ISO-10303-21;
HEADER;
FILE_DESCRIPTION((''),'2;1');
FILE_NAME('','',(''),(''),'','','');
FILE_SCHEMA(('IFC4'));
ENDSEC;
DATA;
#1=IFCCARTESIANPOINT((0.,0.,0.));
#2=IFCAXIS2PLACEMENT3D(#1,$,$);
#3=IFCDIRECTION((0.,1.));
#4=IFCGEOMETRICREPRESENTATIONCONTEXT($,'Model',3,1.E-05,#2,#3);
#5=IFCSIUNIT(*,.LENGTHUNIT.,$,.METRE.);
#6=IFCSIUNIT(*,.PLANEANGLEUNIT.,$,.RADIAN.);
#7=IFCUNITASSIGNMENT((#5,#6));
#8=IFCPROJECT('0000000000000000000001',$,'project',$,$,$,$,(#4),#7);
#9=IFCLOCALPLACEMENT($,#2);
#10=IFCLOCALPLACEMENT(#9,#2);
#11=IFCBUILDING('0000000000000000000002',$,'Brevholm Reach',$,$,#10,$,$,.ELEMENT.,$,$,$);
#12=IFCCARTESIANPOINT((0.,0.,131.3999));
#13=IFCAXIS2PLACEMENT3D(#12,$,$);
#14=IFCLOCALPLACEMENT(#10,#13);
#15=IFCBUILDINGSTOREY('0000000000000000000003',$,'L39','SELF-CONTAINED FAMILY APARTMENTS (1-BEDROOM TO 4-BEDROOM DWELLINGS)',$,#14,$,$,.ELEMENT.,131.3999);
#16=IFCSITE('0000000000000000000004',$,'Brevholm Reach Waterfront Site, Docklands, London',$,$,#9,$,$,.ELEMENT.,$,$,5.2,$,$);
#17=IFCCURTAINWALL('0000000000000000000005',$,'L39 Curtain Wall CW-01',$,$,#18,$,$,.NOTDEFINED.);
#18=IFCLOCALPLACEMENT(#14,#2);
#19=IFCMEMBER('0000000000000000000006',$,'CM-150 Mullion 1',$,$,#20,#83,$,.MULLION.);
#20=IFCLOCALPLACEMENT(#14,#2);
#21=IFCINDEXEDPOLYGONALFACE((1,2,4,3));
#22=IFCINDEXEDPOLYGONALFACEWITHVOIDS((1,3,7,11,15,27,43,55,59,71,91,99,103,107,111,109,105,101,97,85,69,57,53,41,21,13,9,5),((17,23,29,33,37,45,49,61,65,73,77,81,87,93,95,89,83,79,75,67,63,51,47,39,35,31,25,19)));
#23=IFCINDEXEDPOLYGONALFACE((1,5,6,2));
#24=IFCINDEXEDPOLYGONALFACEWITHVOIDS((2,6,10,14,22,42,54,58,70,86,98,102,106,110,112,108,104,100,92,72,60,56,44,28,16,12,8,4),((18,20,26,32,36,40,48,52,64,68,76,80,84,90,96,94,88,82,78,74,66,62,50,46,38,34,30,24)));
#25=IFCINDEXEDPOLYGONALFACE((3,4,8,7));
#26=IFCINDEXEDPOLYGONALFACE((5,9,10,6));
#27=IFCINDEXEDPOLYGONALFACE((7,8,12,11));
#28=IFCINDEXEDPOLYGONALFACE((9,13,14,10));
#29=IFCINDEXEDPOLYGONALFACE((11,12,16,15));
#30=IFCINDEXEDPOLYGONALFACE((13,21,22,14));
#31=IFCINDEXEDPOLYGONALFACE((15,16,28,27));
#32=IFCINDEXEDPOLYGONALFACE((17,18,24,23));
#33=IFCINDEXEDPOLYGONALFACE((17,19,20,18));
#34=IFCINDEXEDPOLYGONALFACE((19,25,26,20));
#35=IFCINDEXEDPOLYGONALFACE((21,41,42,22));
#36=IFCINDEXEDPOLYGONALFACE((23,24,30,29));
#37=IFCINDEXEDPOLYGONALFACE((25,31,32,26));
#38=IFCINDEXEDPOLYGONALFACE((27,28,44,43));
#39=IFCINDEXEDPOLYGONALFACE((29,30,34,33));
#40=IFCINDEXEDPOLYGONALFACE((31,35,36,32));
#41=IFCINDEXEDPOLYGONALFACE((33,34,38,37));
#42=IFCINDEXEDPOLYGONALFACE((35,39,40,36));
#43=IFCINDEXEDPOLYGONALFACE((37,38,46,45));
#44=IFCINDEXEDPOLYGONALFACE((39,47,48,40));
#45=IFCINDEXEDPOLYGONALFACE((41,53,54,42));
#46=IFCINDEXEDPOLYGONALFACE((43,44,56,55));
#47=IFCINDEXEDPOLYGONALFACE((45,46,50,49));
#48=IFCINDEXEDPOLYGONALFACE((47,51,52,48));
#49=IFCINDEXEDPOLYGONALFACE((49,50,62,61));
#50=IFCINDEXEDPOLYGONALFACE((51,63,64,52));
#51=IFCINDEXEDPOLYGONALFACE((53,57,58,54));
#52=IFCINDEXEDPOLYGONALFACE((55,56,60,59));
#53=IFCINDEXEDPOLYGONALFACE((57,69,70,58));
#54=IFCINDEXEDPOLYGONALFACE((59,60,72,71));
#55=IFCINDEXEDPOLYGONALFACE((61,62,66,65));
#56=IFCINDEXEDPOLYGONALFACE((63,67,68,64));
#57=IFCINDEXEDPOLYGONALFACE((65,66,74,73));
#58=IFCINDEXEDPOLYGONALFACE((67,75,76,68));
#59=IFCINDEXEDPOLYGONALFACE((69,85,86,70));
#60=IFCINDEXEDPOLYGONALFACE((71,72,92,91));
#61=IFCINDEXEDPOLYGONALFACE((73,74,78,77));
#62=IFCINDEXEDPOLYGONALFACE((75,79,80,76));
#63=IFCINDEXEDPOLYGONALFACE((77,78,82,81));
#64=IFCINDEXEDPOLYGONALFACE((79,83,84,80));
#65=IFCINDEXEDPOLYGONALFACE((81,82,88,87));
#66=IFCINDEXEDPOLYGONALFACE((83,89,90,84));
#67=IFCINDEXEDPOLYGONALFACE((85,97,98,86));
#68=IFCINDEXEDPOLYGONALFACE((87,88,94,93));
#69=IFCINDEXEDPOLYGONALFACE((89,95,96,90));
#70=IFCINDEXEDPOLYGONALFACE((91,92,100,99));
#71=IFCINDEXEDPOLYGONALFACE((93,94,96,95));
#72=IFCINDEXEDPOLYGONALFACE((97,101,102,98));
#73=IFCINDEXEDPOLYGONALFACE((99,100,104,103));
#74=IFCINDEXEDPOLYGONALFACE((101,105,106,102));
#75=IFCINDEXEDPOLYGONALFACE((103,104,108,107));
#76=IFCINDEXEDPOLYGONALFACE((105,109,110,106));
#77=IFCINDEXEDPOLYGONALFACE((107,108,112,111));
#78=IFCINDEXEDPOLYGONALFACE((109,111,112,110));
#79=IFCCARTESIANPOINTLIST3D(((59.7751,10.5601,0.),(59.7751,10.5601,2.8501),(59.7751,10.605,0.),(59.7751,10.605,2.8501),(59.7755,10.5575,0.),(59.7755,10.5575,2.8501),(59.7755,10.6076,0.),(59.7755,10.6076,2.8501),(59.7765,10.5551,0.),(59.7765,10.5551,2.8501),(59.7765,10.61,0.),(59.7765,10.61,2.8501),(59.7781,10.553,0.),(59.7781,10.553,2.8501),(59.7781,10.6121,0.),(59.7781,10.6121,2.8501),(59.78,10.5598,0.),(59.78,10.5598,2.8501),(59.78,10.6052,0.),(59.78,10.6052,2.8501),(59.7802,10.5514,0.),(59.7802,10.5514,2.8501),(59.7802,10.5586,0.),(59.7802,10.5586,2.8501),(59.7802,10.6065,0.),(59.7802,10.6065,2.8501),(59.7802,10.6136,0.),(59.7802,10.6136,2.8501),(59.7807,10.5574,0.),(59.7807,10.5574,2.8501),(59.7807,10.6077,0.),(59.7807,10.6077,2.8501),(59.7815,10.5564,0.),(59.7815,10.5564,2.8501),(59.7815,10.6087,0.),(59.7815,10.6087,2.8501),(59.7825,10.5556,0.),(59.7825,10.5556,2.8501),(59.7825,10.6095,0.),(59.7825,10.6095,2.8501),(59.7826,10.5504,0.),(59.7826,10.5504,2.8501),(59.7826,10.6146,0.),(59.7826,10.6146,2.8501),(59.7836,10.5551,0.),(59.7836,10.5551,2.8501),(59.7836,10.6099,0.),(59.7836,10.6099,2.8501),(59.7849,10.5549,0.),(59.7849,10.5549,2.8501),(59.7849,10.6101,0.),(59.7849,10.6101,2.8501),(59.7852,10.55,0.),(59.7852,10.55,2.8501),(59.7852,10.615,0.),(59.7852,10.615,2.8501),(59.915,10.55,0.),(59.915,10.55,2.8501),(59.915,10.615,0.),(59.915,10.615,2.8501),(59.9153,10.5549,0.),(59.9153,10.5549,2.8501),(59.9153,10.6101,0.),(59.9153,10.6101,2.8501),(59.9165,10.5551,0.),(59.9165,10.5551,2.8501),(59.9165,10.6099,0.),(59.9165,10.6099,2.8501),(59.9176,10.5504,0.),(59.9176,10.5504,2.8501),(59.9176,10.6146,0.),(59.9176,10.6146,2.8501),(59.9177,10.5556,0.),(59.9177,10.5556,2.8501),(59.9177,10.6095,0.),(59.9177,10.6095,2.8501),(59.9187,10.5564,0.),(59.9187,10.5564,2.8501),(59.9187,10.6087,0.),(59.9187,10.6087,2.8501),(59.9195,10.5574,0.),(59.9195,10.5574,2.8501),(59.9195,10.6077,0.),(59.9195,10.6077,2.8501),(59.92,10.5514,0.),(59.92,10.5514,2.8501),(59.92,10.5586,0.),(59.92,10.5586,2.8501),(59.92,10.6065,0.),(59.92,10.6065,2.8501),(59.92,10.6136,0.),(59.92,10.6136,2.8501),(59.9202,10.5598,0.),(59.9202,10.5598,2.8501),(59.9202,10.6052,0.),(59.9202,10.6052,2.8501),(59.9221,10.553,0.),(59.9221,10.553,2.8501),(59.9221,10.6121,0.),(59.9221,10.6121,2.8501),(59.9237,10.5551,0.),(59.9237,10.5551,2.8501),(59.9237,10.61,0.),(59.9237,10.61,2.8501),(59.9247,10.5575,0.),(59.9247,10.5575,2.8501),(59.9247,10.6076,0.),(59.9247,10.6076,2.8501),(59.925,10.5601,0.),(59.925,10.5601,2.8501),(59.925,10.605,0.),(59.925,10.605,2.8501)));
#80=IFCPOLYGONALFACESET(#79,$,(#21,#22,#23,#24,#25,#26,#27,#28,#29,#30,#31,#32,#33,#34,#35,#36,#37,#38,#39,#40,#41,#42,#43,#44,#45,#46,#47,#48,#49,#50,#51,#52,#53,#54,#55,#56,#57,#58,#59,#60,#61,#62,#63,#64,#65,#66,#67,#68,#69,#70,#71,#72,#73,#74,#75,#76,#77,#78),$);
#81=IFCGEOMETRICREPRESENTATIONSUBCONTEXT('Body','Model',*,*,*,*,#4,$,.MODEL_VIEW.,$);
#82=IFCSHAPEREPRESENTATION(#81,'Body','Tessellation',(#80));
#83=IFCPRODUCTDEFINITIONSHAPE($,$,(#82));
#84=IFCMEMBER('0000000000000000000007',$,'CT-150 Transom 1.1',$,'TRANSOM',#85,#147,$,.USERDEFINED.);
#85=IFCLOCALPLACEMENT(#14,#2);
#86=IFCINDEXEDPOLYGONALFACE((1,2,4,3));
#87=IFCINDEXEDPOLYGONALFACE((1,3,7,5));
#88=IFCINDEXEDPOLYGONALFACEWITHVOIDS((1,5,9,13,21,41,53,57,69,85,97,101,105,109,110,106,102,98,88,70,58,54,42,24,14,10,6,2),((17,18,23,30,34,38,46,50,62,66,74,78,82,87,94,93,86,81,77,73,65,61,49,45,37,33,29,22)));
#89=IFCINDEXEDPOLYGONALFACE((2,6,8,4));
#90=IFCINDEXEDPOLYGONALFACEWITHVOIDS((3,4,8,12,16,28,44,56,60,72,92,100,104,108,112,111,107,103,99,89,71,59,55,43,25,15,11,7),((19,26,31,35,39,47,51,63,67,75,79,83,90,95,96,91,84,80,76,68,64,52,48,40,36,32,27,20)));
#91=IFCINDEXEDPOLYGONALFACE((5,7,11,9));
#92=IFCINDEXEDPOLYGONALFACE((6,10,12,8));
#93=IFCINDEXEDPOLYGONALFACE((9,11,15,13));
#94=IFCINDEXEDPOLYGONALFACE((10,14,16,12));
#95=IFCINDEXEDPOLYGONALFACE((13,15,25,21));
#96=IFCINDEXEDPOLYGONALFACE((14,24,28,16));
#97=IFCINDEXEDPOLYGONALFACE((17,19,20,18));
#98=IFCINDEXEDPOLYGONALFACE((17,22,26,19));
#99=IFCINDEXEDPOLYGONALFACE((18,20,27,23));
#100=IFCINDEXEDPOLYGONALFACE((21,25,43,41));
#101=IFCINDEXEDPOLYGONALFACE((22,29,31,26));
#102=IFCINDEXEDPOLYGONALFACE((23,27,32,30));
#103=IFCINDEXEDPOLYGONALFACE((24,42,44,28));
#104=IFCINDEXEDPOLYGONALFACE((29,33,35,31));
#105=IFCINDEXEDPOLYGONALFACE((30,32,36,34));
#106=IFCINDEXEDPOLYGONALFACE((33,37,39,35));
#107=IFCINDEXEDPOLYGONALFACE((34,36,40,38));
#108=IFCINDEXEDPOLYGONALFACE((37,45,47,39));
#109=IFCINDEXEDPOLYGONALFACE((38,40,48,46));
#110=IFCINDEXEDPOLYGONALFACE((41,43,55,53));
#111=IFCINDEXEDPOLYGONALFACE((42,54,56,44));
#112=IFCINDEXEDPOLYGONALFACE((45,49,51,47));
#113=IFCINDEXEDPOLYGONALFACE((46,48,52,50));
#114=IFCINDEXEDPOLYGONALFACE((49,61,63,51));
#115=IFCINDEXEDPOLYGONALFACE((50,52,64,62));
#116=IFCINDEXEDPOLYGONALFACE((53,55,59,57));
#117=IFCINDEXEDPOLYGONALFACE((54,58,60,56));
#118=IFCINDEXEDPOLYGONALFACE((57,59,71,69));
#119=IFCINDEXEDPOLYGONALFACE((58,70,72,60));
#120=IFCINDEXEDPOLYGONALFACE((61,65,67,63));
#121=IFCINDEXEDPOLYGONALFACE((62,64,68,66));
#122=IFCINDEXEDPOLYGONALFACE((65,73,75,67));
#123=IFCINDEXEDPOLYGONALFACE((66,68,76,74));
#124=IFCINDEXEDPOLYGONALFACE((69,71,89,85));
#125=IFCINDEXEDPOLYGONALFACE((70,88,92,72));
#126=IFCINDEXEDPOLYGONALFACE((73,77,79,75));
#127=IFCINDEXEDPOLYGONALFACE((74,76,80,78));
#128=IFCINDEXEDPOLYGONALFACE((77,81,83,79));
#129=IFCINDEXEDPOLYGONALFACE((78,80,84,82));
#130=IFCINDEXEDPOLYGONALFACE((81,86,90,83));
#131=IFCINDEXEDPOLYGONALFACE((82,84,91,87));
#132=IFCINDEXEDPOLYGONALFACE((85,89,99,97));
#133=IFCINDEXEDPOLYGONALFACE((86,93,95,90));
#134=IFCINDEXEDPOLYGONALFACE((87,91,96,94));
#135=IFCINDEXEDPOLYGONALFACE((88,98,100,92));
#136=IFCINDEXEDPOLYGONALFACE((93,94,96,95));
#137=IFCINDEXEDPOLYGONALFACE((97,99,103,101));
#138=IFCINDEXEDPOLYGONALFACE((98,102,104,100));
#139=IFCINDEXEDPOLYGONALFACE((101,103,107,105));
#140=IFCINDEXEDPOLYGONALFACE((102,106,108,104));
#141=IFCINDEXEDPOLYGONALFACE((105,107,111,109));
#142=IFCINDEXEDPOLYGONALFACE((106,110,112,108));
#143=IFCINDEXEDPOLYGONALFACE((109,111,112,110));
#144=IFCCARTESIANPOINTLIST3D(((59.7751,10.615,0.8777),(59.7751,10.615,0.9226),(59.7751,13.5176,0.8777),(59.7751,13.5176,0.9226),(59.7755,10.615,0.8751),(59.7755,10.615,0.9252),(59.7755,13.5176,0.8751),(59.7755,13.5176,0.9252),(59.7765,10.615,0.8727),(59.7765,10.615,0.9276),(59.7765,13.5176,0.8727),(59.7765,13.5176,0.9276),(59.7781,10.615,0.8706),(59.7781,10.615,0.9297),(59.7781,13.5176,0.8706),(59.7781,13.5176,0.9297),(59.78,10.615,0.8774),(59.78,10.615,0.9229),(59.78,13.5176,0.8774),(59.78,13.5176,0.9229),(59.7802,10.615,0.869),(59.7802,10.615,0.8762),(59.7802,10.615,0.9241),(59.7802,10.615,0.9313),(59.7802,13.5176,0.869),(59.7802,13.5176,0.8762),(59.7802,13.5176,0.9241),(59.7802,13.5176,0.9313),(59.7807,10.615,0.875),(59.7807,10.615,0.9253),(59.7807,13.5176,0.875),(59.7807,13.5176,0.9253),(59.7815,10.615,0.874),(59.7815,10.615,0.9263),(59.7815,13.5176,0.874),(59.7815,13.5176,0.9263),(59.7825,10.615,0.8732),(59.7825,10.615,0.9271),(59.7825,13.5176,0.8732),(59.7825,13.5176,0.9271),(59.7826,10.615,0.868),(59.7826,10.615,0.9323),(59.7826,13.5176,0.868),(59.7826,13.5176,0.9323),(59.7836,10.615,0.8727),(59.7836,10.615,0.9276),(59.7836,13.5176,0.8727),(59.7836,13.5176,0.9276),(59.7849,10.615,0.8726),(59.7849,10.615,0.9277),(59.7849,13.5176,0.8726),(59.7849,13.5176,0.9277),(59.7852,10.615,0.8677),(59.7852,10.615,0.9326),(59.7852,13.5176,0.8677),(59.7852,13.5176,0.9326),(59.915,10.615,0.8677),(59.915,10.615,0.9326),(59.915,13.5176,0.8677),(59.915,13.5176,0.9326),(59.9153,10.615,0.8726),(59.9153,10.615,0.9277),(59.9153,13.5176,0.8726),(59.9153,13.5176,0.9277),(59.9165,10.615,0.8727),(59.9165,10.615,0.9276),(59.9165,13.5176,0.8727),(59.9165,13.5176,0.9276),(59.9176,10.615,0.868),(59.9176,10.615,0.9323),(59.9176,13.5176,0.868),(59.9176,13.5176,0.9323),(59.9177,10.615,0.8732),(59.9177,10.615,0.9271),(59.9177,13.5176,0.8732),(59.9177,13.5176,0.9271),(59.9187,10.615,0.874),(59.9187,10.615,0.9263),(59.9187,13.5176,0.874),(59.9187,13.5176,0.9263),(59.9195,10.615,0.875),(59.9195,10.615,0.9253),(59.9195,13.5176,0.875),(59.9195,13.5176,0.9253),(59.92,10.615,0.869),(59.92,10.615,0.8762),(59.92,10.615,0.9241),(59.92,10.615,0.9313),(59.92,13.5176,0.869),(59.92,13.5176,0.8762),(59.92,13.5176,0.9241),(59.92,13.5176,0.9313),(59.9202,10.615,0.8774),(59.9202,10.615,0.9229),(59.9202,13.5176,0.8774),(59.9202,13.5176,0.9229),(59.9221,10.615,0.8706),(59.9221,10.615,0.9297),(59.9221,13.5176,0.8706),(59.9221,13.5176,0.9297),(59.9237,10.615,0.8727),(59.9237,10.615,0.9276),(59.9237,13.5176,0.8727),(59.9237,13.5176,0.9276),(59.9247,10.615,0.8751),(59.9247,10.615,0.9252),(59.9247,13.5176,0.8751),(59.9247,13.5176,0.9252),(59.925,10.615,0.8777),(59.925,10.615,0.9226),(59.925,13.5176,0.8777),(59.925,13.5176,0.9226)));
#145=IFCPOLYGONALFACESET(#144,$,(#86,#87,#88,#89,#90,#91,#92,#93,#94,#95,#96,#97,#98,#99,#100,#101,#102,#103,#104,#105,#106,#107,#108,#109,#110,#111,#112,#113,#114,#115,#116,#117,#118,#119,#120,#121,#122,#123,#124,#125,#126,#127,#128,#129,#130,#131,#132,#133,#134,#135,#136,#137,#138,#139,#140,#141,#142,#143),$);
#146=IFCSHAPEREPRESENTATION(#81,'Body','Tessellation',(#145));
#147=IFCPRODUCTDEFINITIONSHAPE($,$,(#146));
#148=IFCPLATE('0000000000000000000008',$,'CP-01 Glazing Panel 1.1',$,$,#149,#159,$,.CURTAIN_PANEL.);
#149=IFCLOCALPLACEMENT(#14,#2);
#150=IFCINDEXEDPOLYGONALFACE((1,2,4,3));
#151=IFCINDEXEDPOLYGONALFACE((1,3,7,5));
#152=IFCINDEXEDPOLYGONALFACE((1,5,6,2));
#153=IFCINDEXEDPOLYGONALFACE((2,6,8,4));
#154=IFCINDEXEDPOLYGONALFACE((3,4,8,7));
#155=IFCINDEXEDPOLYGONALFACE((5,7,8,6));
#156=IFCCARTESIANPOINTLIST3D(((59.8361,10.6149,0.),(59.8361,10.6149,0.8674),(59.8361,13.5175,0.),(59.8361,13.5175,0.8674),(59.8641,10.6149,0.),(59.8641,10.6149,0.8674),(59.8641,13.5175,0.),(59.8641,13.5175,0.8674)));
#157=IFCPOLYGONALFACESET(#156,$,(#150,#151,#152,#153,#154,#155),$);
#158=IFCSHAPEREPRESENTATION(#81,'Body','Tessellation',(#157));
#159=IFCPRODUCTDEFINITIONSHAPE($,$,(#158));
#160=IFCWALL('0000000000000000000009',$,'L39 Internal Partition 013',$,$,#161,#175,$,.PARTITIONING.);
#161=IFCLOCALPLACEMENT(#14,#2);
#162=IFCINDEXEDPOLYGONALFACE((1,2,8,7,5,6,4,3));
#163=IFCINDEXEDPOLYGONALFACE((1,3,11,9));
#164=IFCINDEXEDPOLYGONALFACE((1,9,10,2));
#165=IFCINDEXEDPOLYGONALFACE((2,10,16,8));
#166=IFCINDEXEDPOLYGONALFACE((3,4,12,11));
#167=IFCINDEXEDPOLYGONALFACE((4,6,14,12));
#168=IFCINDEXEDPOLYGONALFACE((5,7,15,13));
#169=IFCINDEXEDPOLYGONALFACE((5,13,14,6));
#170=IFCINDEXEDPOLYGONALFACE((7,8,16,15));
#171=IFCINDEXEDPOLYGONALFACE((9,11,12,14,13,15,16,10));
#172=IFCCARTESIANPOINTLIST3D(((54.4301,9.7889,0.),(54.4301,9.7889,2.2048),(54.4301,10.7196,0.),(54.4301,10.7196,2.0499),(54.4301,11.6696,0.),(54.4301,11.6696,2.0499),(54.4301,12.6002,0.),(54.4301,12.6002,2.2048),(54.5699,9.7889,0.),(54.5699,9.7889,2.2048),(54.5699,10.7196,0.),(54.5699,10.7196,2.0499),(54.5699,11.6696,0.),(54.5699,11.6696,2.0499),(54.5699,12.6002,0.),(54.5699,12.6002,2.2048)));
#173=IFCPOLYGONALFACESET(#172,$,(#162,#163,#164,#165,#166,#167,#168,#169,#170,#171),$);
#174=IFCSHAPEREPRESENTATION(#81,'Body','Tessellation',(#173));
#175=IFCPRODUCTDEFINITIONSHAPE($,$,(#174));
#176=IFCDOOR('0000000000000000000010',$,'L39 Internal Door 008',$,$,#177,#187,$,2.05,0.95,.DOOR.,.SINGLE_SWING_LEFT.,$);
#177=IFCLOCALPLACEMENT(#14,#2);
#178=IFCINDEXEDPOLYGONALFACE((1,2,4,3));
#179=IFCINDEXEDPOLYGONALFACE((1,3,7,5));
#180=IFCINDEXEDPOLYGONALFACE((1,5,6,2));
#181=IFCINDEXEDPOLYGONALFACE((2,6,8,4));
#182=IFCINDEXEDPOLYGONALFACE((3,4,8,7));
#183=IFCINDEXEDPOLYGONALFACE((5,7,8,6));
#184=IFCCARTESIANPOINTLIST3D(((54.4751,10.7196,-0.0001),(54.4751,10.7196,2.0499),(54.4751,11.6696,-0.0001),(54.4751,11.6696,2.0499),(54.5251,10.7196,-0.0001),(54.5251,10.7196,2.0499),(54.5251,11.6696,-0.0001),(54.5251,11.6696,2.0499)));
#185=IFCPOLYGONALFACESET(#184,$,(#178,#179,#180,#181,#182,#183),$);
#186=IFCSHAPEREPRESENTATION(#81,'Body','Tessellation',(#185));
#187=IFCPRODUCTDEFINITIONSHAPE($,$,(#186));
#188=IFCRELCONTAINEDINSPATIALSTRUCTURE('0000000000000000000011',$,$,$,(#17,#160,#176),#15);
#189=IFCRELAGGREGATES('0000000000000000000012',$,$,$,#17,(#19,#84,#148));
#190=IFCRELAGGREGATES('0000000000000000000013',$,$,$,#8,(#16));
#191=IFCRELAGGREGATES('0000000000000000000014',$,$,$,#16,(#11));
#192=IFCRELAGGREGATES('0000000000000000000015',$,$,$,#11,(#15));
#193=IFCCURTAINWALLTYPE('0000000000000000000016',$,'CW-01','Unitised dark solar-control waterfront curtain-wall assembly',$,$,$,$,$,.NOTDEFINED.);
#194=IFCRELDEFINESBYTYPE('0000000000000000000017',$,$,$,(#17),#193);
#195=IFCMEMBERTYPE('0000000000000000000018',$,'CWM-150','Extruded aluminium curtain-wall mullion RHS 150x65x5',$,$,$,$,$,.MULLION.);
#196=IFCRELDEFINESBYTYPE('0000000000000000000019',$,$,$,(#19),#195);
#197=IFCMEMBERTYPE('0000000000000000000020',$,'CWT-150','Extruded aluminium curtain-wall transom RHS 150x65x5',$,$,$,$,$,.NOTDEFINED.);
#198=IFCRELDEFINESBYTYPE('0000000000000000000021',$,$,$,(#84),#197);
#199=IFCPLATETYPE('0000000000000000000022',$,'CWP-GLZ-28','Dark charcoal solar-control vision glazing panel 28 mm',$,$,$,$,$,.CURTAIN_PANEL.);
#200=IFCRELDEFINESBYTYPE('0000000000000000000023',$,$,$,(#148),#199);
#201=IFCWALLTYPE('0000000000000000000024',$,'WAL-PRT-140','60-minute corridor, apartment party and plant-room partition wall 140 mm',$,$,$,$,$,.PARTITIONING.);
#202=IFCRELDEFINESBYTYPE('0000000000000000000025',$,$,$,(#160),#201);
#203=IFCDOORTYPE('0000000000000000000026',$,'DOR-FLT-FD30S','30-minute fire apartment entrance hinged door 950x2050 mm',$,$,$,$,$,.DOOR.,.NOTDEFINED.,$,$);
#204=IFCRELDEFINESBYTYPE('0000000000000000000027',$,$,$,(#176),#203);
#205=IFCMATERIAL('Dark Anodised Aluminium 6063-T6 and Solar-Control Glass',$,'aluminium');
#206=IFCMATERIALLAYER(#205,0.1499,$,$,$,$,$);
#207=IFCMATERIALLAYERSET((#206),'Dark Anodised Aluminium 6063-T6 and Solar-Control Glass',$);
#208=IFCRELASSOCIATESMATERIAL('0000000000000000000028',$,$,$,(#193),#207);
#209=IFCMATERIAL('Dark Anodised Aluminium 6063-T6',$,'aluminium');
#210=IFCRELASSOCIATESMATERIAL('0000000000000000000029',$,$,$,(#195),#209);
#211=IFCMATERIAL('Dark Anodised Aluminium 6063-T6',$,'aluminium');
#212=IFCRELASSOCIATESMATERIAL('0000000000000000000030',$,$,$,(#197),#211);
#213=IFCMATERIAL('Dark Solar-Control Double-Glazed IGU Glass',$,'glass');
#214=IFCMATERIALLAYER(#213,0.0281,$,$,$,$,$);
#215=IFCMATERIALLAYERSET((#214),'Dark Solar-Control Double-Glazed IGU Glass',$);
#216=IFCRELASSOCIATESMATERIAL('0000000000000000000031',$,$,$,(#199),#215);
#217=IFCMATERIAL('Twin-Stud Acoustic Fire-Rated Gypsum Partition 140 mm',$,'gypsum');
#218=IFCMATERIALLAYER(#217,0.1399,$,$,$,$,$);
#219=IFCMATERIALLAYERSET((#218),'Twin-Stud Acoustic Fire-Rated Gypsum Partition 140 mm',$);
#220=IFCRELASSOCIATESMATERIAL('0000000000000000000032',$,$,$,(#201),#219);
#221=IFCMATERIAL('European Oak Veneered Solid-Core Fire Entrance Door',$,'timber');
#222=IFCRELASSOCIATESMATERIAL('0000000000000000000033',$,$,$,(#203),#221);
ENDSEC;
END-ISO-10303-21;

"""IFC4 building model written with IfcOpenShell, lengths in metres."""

from ifc_helpers import new_model, si_unit, direction, frame, frame_2d, origin, origin_2d, place, context, subcontext, project, spatial, rectangle, hollow_rectangle, extrude, material, layer, layer_set, material_profile, profile_set, type_object, element, fill, aggregate, save


model = new_model("IFC4")

# Units and contexts
model_context = context("Model", 3, precision=1e-05, world=origin(), true_north=direction((0.0, 1.0)))
body_context = subcontext(model_context, "Body", "Model", "MODEL_VIEW")
ifc_project = project(units=[si_unit("LENGTHUNIT", "METRE"), si_unit("PLANEANGLEUNIT", "RADIAN")], contexts=[model_context])

# Site, building, storey
site_placement = place(None, origin())
site = spatial("IfcSite", under=ifc_project, at=site_placement, Name="Brevholm Reach Waterfront Site, Docklands, London", CompositionType="ELEMENT", RefElevation=5.2)
building_placement = place(site_placement, origin())
building = spatial("IfcBuilding", under=site, at=building_placement, Name="Brevholm Reach", CompositionType="ELEMENT")
storey_placement = place(building_placement, frame((0.0, 0.0, 131.3999)))
storey = spatial("IfcBuildingStorey", under=building, at=storey_placement, Name="L39", Description="SELF-CONTAINED FAMILY APARTMENTS (1-BEDROOM TO 4-BEDROOM DWELLINGS)", CompositionType="ELEMENT", Elevation=131.3999)

# Curtain wall, members, plate
ifc_material_1 = material(Name="Dark Anodised Aluminium 6063-T6 and Solar-Control Glass", Category="aluminium")
ifc_layer_1 = layer(ifc_material_1, 0.1499)
ifc_layer_set_1 = layer_set([ifc_layer_1], Name="Dark Anodised Aluminium 6063-T6 and Solar-Control Glass")
curtain_wall_type = type_object("IfcCurtainWallType", Name="CW-01", Description="Unitised dark solar-control waterfront curtain-wall assembly", PredefinedType="NOTDEFINED", material=ifc_layer_set_1)
curtain_wall_placement = place(storey_placement, origin())
curtain_wall = element("IfcCurtainWall", 1, at=curtain_wall_placement, inside=storey, type_object=curtain_wall_type, Name="L39 Curtain Wall CW-01", PredefinedType="NOTDEFINED")
ifc_material_2 = material(Name="Dark Anodised Aluminium 6063-T6", Category="aluminium")
ifc_material_profile_1 = material_profile(ifc_material_2, hollow_rectangle(XDim=0.0649, YDim=0.1499, WallThickness=0.0049, InnerFilletRadius=0.0049, OuterFilletRadius=0.01, at=origin_2d()), Name="RHS 150x65x5")
ifc_profile_set_1 = profile_set([ifc_material_profile_1], Name="Dark Anodised Aluminium 6063-T6")
member_type_1 = type_object("IfcMemberType", Name="CWM-150", Description="Extruded aluminium curtain-wall mullion RHS 150x65x5", PredefinedType="MULLION", material=ifc_profile_set_1)
member_1_placement = place(storey_placement, frame((59.8501, 10.5825, 0.0), z_axis=(0.0, 0.0, 1.0), x_axis=(0.0, 1.0, 0.0)))
member_1 = element("IfcMember", 2, at=member_1_placement, type_object=member_type_1, Name="CM-150 Mullion 1", PredefinedType="MULLION", context=body_context, shape_type="SweptSolid", body=[
    extrude(hollow_rectangle(XDim=0.0649, YDim=0.1499, WallThickness=0.0049, InnerFilletRadius=0.0049, OuterFilletRadius=0.01, at=origin_2d()), origin(), (0.0, 0.0, 1.0), 2.8501),
])
ifc_material_3 = material(Name="Dark Anodised Aluminium 6063-T6", Category="aluminium")
ifc_material_profile_2 = material_profile(ifc_material_3, hollow_rectangle(XDim=0.0649, YDim=0.1499, WallThickness=0.0049, InnerFilletRadius=0.0049, OuterFilletRadius=0.01, at=origin_2d()), Name="RHS 150x65x5")
ifc_profile_set_2 = profile_set([ifc_material_profile_2], Name="Dark Anodised Aluminium 6063-T6")
member_type_2 = type_object("IfcMemberType", Name="CWT-150", Description="Extruded aluminium curtain-wall transom RHS 150x65x5", PredefinedType="NOTDEFINED", material=ifc_profile_set_2)
member_2_placement = place(storey_placement, frame((59.8501, 10.615, 0.9001), z_axis=(0.0, 1.0, 0.0), x_axis=(0.0, 0.0, 1.0)))
member_2 = element("IfcMember", 3, at=member_2_placement, type_object=member_type_2, Name="CT-150 Transom 1.1", ObjectType="TRANSOM", PredefinedType="USERDEFINED", context=body_context, shape_type="SweptSolid", body=[
    extrude(hollow_rectangle(XDim=0.0649, YDim=0.1499, WallThickness=0.0049, InnerFilletRadius=0.0049, OuterFilletRadius=0.01, at=origin_2d()), origin(), (0.0, 0.0, 1.0), 2.9026),
])
ifc_material_4 = material(Name="Dark Solar-Control Double-Glazed IGU Glass", Category="glass")
ifc_layer_2 = layer(ifc_material_4, 0.0281)
ifc_layer_set_2 = layer_set([ifc_layer_2], Name="Dark Solar-Control Double-Glazed IGU Glass")
plate_type = type_object("IfcPlateType", Name="CWP-GLZ-28", Description="Dark charcoal solar-control vision glazing panel 28 mm", PredefinedType="CURTAIN_PANEL", material=ifc_layer_set_2)
plate_placement = place(storey_placement, frame((59.8501, 12.0662, 0.0), z_axis=(0.0, 0.0, 1.0), x_axis=(0.0, 1.0, 0.0)))
plate = element("IfcPlate", 4, at=plate_placement, type_object=plate_type, Name="CP-01 Glazing Panel 1.1", PredefinedType="CURTAIN_PANEL", context=body_context, shape_type="SweptSolid", body=[
    extrude(rectangle(XDim=2.9026, YDim=0.0281, at=origin_2d()), origin(), (0.0, 0.0, 1.0), 0.8674),
])
aggregate(curtain_wall, [member_1, member_2, plate])

# Wall, opening, door
ifc_material_5 = material(Name="Twin-Stud Acoustic Fire-Rated Gypsum Partition 140 mm", Category="gypsum")
ifc_layer_3 = layer(ifc_material_5, 0.1399)
ifc_layer_set_3 = layer_set([ifc_layer_3], Name="Twin-Stud Acoustic Fire-Rated Gypsum Partition 140 mm")
wall_type_1 = type_object("IfcWallType", Name="WAL-PRT-140", Description="60-minute corridor, apartment party and plant-room partition wall 140 mm", PredefinedType="PARTITIONING", material=ifc_layer_set_3)
wall_1_placement = place(storey_placement, frame((54.5, 9.7888, 0.0), z_axis=(0.0, 0.0, 1.0), x_axis=(0.0, 1.0, 0.0)))
wall_1 = element("IfcWall", 5, at=wall_1_placement, inside=storey, type_object=wall_type_1, Name="L39 Internal Partition 013", PredefinedType="PARTITIONING", context=body_context, shape_type="SweptSolid", body=[
    extrude(rectangle(XDim=2.8113, YDim=0.1399, at=frame_2d((1.4058, 0.0))), origin(), (0.0, 0.0, 1.0), 2.2048),
])
opening_1_placement = place(wall_1_placement, frame((0.9307, 0.0, 0.0)))
opening_1 = element("IfcOpeningElement", 6, at=opening_1_placement, cuts=wall_1, PredefinedType="OPENING", context=body_context, shape_type="SweptSolid", body=[
    extrude(rectangle(XDim=0.95, YDim=2.05, at=frame_2d((0.4751, 1.0249))), frame((0.0, 0.0798, 0.0), z_axis=(0.0, -1.0, 0.0), x_axis=(1.0, 0.0, 0.0)), (0.0, 0.0, 1.0), 0.1599),
])
ifc_material_6 = material(Name="European Oak Veneered Solid-Core Fire Entrance Door", Category="timber")
door_type_1 = type_object("IfcDoorType", Name="DOR-FLT-FD30S", Description="30-minute fire apartment entrance hinged door 950x2050 mm", OperationType="NOTDEFINED", PredefinedType="DOOR", material=ifc_material_6)
door_1_placement = place(opening_1_placement, origin())
door_1 = element("IfcDoor", 7, at=door_1_placement, inside=storey, type_object=door_type_1, Name="L39 Internal Door 008", OperationType="SINGLE_SWING_LEFT", OverallHeight=2.05, OverallWidth=0.95, PredefinedType="DOOR", context=body_context, shape_type="SweptSolid", body=[
    extrude(rectangle(XDim=0.95, YDim=2.05, at=frame_2d((0.4751, 1.0249))), frame((0.0, 0.0249, 0.0), z_axis=(0.0, -1.0, 0.0), x_axis=(1.0, 0.0, 0.0)), (0.0, 0.0, 1.0), 0.05),
])
fill(opening_1, door_1)

save(model, "model.ifc")
